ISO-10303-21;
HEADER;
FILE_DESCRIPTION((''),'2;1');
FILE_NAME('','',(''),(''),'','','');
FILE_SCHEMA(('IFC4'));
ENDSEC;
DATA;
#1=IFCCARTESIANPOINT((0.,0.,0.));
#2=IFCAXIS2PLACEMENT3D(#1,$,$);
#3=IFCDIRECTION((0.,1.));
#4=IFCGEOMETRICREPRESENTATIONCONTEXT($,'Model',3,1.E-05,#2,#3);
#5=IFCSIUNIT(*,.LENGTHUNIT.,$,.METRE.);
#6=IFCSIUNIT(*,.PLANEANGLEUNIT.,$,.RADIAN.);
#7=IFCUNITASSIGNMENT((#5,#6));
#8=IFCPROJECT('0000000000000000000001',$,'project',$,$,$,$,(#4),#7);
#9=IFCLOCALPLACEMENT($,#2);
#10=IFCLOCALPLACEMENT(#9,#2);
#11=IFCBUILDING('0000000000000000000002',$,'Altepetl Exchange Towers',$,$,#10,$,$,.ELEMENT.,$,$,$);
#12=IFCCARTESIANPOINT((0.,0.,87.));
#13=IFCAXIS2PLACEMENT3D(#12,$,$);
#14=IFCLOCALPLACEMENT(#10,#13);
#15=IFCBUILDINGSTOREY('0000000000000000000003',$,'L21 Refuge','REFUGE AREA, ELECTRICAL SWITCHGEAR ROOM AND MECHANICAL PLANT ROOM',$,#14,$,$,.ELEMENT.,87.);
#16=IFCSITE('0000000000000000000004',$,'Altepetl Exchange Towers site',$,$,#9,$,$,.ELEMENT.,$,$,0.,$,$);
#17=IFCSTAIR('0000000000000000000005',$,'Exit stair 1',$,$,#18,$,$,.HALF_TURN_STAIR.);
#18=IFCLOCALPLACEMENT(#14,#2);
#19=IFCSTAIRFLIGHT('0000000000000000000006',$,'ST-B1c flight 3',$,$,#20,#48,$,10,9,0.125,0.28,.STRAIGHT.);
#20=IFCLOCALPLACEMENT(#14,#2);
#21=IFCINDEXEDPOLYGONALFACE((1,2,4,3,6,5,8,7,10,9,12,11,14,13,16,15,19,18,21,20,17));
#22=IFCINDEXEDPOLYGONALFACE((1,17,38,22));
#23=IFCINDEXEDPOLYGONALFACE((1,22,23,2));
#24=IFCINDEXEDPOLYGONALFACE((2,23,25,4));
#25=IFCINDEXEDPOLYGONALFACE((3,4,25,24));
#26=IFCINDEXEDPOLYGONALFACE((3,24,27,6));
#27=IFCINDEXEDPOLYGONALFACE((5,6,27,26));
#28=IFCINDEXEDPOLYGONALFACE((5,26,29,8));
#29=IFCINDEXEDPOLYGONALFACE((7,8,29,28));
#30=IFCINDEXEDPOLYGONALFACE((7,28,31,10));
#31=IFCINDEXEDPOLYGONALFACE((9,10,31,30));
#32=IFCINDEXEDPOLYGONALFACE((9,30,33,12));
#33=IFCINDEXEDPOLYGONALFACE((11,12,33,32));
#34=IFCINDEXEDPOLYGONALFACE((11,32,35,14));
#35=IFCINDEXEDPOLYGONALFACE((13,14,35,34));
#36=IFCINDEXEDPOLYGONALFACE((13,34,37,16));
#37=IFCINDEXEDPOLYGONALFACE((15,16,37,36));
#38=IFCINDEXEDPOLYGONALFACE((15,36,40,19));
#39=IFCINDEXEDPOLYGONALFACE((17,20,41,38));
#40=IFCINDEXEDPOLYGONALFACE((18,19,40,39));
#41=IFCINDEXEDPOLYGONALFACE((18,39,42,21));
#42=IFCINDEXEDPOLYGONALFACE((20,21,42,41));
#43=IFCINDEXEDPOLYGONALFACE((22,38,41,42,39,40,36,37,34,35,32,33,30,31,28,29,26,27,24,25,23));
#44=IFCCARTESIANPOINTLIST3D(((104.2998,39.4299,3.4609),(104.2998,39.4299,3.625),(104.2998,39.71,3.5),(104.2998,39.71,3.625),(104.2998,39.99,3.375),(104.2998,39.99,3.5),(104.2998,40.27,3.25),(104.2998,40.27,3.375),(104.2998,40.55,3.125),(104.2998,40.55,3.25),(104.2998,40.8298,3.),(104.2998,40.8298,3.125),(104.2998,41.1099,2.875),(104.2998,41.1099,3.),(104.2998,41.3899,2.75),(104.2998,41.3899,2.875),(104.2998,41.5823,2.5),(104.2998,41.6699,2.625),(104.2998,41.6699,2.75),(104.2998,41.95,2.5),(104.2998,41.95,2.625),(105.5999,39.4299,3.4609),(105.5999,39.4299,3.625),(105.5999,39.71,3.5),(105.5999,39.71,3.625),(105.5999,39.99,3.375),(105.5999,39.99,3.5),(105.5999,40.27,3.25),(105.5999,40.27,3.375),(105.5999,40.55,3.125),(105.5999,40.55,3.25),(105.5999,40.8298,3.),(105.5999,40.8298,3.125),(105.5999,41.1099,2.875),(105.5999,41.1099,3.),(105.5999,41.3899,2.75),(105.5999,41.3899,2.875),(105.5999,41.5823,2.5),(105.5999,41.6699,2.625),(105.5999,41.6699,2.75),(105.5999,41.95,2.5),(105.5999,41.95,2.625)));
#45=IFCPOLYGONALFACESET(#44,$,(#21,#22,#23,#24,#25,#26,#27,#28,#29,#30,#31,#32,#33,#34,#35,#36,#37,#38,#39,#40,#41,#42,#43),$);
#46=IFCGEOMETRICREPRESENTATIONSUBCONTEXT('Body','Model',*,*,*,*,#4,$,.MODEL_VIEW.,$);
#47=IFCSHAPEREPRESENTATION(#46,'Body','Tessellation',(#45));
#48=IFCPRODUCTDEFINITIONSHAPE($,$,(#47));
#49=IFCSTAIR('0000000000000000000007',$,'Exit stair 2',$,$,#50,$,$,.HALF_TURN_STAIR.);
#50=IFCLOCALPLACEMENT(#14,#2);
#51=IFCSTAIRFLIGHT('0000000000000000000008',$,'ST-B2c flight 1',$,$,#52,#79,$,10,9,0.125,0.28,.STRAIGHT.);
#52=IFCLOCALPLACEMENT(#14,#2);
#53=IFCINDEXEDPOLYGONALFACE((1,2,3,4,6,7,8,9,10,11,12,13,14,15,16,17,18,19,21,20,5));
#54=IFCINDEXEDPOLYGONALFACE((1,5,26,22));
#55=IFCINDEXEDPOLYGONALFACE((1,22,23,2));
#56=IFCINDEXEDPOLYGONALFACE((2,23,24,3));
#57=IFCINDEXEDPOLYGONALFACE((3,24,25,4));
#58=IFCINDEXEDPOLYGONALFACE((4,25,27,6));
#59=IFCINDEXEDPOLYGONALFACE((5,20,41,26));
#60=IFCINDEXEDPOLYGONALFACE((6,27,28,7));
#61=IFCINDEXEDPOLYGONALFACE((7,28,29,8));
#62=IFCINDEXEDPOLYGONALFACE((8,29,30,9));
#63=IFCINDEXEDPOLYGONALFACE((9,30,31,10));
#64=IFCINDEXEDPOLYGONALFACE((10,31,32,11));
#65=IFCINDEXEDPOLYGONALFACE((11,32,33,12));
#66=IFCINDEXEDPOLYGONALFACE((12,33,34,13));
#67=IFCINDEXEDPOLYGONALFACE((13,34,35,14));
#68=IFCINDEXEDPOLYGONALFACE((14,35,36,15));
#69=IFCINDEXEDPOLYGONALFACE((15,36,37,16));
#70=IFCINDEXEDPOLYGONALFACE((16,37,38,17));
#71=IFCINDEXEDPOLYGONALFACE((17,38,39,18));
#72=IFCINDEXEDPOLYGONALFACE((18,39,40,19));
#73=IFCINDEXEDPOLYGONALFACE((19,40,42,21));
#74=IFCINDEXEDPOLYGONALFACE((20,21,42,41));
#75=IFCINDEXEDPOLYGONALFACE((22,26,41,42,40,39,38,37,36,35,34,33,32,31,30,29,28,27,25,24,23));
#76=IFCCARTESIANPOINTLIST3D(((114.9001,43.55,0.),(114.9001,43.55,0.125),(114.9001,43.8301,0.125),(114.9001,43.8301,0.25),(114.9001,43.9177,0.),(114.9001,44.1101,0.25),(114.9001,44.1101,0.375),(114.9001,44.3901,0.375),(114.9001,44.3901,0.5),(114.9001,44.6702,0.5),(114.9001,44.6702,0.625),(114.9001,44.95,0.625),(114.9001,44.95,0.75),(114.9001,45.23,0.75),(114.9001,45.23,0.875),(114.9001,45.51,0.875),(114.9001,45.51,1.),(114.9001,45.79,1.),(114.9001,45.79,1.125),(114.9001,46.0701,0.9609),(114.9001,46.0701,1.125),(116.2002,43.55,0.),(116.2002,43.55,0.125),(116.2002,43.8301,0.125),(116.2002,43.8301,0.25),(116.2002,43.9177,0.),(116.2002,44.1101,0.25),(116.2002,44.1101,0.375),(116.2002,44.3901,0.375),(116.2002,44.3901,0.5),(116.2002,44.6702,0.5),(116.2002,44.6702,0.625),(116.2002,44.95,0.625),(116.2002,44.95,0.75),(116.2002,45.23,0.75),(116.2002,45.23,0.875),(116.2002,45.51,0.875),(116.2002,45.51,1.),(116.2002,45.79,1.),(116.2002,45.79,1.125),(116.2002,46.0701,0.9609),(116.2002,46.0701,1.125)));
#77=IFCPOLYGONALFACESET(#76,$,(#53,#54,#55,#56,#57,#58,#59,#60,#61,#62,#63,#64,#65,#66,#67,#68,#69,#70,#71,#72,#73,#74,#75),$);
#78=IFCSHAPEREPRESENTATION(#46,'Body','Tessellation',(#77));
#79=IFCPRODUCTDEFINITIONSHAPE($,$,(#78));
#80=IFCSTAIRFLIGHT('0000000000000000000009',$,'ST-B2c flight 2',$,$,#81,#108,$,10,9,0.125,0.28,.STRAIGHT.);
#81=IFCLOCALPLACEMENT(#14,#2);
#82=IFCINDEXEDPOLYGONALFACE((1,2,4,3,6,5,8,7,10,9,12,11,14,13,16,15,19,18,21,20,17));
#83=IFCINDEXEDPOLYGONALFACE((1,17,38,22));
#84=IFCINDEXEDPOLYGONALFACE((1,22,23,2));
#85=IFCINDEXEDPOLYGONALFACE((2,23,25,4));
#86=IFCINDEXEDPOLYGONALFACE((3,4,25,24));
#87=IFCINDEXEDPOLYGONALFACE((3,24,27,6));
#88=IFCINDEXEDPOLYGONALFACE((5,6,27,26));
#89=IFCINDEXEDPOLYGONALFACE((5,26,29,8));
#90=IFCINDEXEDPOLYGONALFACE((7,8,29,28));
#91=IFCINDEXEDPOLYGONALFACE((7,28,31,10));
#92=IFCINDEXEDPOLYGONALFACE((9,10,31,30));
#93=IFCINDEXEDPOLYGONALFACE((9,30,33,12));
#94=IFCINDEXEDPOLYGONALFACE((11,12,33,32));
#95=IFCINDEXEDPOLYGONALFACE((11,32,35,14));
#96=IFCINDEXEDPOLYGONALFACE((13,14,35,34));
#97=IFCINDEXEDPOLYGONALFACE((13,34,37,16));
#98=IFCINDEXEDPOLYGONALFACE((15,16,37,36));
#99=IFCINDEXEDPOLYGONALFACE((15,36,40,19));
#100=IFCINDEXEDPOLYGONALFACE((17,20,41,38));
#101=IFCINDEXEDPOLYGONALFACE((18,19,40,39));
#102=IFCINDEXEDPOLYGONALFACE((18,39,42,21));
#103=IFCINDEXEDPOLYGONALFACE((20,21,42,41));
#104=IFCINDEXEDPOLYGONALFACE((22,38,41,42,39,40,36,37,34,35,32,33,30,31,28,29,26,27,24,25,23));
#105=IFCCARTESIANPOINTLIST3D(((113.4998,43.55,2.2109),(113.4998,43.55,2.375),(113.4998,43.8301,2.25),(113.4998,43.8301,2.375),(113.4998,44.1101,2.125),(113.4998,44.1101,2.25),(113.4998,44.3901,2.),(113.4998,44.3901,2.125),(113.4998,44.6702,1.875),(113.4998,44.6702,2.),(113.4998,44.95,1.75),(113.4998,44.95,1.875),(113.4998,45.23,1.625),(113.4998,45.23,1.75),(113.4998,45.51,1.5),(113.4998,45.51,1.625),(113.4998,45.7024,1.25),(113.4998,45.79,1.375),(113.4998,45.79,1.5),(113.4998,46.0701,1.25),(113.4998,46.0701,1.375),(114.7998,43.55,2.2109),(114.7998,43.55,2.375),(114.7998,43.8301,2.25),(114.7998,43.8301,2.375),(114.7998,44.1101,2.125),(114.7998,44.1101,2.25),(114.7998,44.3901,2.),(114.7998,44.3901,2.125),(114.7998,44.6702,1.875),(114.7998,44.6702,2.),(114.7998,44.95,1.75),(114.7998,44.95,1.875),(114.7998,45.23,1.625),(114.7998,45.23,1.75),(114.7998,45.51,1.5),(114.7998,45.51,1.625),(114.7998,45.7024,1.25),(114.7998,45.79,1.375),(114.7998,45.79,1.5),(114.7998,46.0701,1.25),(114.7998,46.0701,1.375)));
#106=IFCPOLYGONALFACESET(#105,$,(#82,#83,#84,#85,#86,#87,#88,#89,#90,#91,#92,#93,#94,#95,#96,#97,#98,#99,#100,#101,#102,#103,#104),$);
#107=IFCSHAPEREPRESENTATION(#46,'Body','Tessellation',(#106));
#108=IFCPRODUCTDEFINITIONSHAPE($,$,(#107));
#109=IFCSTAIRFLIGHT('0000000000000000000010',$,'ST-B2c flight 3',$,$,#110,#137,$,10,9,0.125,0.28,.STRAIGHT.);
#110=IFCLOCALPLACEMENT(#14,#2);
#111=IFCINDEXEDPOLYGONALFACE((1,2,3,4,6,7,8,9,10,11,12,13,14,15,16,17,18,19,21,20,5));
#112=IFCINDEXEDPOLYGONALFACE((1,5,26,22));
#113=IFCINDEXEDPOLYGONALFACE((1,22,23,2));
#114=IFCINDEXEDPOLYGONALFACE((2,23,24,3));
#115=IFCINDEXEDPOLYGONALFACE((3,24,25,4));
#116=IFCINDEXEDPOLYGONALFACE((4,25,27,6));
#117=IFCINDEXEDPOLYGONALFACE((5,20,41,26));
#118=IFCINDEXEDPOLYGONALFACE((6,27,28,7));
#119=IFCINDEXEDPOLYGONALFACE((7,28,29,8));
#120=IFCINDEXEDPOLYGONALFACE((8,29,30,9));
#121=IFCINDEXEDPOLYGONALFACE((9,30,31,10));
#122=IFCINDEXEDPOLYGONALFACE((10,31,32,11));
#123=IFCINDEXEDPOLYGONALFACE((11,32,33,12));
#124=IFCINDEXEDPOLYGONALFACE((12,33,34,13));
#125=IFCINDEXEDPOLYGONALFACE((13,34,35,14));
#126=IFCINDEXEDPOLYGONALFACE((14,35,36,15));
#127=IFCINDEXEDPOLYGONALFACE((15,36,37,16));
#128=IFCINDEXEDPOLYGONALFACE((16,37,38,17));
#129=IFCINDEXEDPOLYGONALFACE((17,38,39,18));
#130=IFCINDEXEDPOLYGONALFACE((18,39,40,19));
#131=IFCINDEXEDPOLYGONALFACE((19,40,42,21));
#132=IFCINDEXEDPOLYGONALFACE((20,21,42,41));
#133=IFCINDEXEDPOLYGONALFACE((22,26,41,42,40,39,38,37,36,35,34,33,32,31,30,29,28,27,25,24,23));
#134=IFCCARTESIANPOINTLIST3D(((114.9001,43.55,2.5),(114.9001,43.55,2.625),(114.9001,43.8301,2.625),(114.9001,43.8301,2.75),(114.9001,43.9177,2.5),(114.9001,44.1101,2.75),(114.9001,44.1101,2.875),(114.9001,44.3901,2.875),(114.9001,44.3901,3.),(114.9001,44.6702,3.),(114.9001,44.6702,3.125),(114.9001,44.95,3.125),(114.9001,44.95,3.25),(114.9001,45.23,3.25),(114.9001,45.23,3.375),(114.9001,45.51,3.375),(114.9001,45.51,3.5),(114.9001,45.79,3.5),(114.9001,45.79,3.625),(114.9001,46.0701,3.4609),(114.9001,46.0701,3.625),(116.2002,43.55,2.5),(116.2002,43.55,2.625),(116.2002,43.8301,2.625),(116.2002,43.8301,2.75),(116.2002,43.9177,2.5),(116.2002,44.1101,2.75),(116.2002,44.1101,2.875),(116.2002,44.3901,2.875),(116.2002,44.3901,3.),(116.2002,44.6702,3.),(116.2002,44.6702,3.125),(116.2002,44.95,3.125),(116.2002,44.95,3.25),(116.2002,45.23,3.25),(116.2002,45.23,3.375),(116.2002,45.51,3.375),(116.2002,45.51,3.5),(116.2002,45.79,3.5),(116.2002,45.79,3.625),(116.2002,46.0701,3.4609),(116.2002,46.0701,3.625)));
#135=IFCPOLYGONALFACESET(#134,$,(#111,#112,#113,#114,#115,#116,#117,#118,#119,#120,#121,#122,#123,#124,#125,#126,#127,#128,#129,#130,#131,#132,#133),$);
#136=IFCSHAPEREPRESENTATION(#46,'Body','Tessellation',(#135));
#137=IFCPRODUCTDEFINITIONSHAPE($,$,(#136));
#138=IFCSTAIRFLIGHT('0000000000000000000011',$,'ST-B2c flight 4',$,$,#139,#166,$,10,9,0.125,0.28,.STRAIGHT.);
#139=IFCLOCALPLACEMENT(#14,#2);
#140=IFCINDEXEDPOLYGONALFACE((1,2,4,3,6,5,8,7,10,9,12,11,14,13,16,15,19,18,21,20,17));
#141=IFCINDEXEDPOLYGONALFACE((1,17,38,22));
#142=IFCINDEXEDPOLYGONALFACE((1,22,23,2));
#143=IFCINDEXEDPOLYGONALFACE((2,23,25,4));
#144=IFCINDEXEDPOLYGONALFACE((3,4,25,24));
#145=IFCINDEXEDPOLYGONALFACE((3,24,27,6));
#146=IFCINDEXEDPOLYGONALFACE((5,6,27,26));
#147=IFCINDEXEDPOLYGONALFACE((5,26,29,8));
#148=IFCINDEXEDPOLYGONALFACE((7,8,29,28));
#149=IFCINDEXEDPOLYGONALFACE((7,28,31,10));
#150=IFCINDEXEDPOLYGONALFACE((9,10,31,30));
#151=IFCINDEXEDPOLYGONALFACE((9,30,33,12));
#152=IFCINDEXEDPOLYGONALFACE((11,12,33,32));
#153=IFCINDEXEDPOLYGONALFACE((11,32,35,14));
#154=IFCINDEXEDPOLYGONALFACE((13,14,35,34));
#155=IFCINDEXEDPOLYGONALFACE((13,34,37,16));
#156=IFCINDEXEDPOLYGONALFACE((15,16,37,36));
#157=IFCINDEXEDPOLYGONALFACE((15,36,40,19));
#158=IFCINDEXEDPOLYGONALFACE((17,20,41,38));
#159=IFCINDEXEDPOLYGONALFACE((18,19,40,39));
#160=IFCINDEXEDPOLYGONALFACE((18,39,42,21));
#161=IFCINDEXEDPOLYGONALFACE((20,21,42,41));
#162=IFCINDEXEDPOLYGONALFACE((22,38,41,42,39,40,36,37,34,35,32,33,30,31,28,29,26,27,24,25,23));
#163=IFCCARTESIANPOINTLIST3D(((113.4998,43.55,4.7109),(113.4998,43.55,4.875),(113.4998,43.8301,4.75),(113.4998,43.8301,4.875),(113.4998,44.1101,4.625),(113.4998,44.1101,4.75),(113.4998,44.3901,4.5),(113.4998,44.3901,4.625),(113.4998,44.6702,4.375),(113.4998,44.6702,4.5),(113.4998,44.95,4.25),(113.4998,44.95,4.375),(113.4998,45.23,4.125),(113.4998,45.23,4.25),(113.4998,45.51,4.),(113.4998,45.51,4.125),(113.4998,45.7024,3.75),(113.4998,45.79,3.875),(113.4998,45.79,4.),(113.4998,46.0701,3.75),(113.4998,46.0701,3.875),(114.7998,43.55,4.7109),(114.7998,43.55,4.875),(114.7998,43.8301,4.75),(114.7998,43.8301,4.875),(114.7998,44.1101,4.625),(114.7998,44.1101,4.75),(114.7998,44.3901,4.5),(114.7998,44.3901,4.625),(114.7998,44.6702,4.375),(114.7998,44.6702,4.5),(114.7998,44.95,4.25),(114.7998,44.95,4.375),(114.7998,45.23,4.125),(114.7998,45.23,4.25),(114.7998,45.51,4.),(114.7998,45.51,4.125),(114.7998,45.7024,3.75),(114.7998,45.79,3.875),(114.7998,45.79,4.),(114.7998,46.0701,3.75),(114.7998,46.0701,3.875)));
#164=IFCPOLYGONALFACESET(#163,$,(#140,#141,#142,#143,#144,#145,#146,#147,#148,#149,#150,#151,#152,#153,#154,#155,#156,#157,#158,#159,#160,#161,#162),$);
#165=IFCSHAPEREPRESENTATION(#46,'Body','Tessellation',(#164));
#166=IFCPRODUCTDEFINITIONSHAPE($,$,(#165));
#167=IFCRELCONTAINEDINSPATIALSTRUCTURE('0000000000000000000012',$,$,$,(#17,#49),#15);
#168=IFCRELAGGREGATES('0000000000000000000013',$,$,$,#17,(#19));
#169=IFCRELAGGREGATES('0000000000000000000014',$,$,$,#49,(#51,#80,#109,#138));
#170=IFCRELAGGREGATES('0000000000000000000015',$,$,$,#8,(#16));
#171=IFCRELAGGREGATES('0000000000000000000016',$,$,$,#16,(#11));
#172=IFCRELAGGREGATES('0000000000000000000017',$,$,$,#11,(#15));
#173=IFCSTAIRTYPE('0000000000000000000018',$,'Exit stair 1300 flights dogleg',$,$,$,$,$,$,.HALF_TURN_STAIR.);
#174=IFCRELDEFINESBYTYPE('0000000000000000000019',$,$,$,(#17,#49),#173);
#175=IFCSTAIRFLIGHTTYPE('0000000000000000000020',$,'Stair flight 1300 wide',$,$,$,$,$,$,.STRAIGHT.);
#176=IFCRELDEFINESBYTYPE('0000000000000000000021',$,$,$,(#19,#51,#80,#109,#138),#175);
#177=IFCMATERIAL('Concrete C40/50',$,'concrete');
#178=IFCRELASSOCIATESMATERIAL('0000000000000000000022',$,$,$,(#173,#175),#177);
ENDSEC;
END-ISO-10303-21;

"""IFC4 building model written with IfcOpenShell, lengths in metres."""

from ifc_helpers import new_model, si_unit, direction, frame, origin, place, context, subcontext, project, spatial, polyline, outline, extrude, material, type_object, element, aggregate, save


model = new_model("IFC4")

# Units and contexts
model_context = context("Model", 3, precision=1e-05, world=origin(), true_north=direction((0.0, 1.0)))
body_context = subcontext(model_context, "Body", "Model", "MODEL_VIEW")
ifc_project = project(units=[si_unit("LENGTHUNIT", "METRE"), si_unit("PLANEANGLEUNIT", "RADIAN")], contexts=[model_context])

# Site, building, storey
site_placement = place(None, origin())
site = spatial("IfcSite", under=ifc_project, at=site_placement, Name="Altepetl Exchange Towers site", CompositionType="ELEMENT", RefElevation=0.0)
building_placement = place(site_placement, origin())
building = spatial("IfcBuilding", under=site, at=building_placement, Name="Altepetl Exchange Towers", CompositionType="ELEMENT")
storey_placement = place(building_placement, frame((0.0, 0.0, 87.0)))
storey = spatial("IfcBuildingStorey", under=building, at=storey_placement, Name="L21 Refuge", Description="REFUGE AREA, ELECTRICAL SWITCHGEAR ROOM AND MECHANICAL PLANT ROOM", CompositionType="ELEMENT", Elevation=87.0)

# Shared definitions
ifc_material_1 = material(Name="Concrete C40/50", Category="concrete")

# Stair, stair flight
stair_type = type_object("IfcStairType", Name="Exit stair 1300 flights dogleg", PredefinedType="HALF_TURN_STAIR", material=ifc_material_1)
stair_1_placement = place(storey_placement, origin())
stair_1 = element("IfcStair", 1, at=stair_1_placement, inside=storey, type_object=stair_type, Name="Exit stair 1", PredefinedType="HALF_TURN_STAIR")
stair_flight_type = type_object("IfcStairFlightType", Name="Stair flight 1300 wide", PredefinedType="STRAIGHT", material=ifc_material_1)
stair_flight_1_placement = place(storey_placement, frame((104.95, 41.95, 2.5), z_axis=(0.0, 0.0, 1.0), x_axis=(0.0, -1.0, 0.0)))
stair_flight_1 = element("IfcStairFlight", 2, at=stair_flight_1_placement, type_object=stair_flight_type, Name="ST-B1c flight 3", NumberOfRisers=10, NumberOfTreads=9, PredefinedType="STRAIGHT", RiserHeight=0.125, TreadLength=0.28, context=body_context, shape_type="SweptSolid", body=[
    extrude(outline(polyline([(0.0, 0.0), (0.0, 0.125), (0.28, 0.125), (0.28, 0.25), (0.5601, 0.25), (0.5601, 0.375), (0.8401, 0.375), (0.8401, 0.5), (1.1201, 0.5), (1.1201, 0.625), (1.3999, 0.625), (1.3999, 0.75), (1.6799, 0.75), (1.6799, 0.875), (1.96, 0.875), (1.96, 1.0), (2.24, 1.0), (2.24, 1.125), (2.52, 1.125), (2.52, 1.25), (2.52, 0.9609), (0.3677, 0.0), (0.0, 0.0)])), frame((0.0, 0.6499, 0.0), z_axis=(0.0, -1.0, 0.0), x_axis=(1.0, 0.0, 0.0)), (0.0, 0.0, 1.0), 1.3),
])
aggregate(stair_1, [stair_flight_1])

# Stair, stair flights
stair_2_placement = place(storey_placement, origin())
stair_2 = element("IfcStair", 3, at=stair_2_placement, inside=storey, type_object=stair_type, Name="Exit stair 2", PredefinedType="HALF_TURN_STAIR")
stair_flight_2_placement = place(storey_placement, frame((115.55, 43.55, 0.0), z_axis=(0.0, 0.0, 1.0), x_axis=(0.0, 1.0, 0.0)))
stair_flight_2 = element("IfcStairFlight", 4, at=stair_flight_2_placement, type_object=stair_flight_type, Name="ST-B2c flight 1", NumberOfRisers=10, NumberOfTreads=9, PredefinedType="STRAIGHT", RiserHeight=0.125, TreadLength=0.28, context=body_context, shape_type="SweptSolid", body=[
    extrude(outline(polyline([(0.0, 0.0), (0.0, 0.125), (0.28, 0.125), (0.28, 0.25), (0.5601, 0.25), (0.5601, 0.375), (0.8401, 0.375), (0.8401, 0.5), (1.1201, 0.5), (1.1201, 0.625), (1.3999, 0.625), (1.3999, 0.75), (1.6799, 0.75), (1.6799, 0.875), (1.96, 0.875), (1.96, 1.0), (2.24, 1.0), (2.24, 1.125), (2.52, 1.125), (2.52, 1.25), (2.52, 0.9609), (0.3677, 0.0), (0.0, 0.0)])), frame((0.0, 0.6499, 0.0), z_axis=(0.0, -1.0, 0.0), x_axis=(1.0, 0.0, 0.0)), (0.0, 0.0, 1.0), 1.3),
])
stair_flight_3_placement = place(storey_placement, frame((114.1499, 46.0701, 1.25), z_axis=(0.0, 0.0, 1.0), x_axis=(0.0, -1.0, 0.0)))
stair_flight_3 = element("IfcStairFlight", 5, at=stair_flight_3_placement, type_object=stair_flight_type, Name="ST-B2c flight 2", NumberOfRisers=10, NumberOfTreads=9, PredefinedType="STRAIGHT", RiserHeight=0.125, TreadLength=0.28, context=body_context, shape_type="SweptSolid", body=[
    extrude(outline(polyline([(0.0, 0.0), (0.0, 0.125), (0.28, 0.125), (0.28, 0.25), (0.5601, 0.25), (0.5601, 0.375), (0.8401, 0.375), (0.8401, 0.5), (1.1201, 0.5), (1.1201, 0.625), (1.3999, 0.625), (1.3999, 0.75), (1.6799, 0.75), (1.6799, 0.875), (1.96, 0.875), (1.96, 1.0), (2.24, 1.0), (2.24, 1.125), (2.52, 1.125), (2.52, 1.25), (2.52, 0.9609), (0.3677, 0.0), (0.0, 0.0)])), frame((0.0, 0.6499, 0.0), z_axis=(0.0, -1.0, 0.0), x_axis=(1.0, 0.0, 0.0)), (0.0, 0.0, 1.0), 1.3),
])
stair_flight_4_placement = place(storey_placement, frame((115.55, 43.55, 2.5), z_axis=(0.0, 0.0, 1.0), x_axis=(0.0, 1.0, 0.0)))
stair_flight_4 = element("IfcStairFlight", 6, at=stair_flight_4_placement, type_object=stair_flight_type, Name="ST-B2c flight 3", NumberOfRisers=10, NumberOfTreads=9, PredefinedType="STRAIGHT", RiserHeight=0.125, TreadLength=0.28, context=body_context, shape_type="SweptSolid", body=[
    extrude(outline(polyline([(0.0, 0.0), (0.0, 0.125), (0.28, 0.125), (0.28, 0.25), (0.5601, 0.25), (0.5601, 0.375), (0.8401, 0.375), (0.8401, 0.5), (1.1201, 0.5), (1.1201, 0.625), (1.3999, 0.625), (1.3999, 0.75), (1.6799, 0.75), (1.6799, 0.875), (1.96, 0.875), (1.96, 1.0), (2.24, 1.0), (2.24, 1.125), (2.52, 1.125), (2.52, 1.25), (2.52, 0.9609), (0.3677, 0.0), (0.0, 0.0)])), frame((0.0, 0.6499, 0.0), z_axis=(0.0, -1.0, 0.0), x_axis=(1.0, 0.0, 0.0)), (0.0, 0.0, 1.0), 1.3),
])
stair_flight_5_placement = place(storey_placement, frame((114.1499, 46.0701, 3.75), z_axis=(0.0, 0.0, 1.0), x_axis=(0.0, -1.0, 0.0)))
stair_flight_5 = element("IfcStairFlight", 7, at=stair_flight_5_placement, type_object=stair_flight_type, Name="ST-B2c flight 4", NumberOfRisers=10, NumberOfTreads=9, PredefinedType="STRAIGHT", RiserHeight=0.125, TreadLength=0.28, context=body_context, shape_type="SweptSolid", body=[
    extrude(outline(polyline([(0.0, 0.0), (0.0, 0.125), (0.28, 0.125), (0.28, 0.25), (0.5601, 0.25), (0.5601, 0.375), (0.8401, 0.375), (0.8401, 0.5), (1.1201, 0.5), (1.1201, 0.625), (1.3999, 0.625), (1.3999, 0.75), (1.6799, 0.75), (1.6799, 0.875), (1.96, 0.875), (1.96, 1.0), (2.24, 1.0), (2.24, 1.125), (2.52, 1.125), (2.52, 1.25), (2.52, 0.9609), (0.3677, 0.0), (0.0, 0.0)])), frame((0.0, 0.6499, 0.0), z_axis=(0.0, -1.0, 0.0), x_axis=(1.0, 0.0, 0.0)), (0.0, 0.0, 1.0), 1.3),
])
aggregate(stair_2, [stair_flight_2, stair_flight_3, stair_flight_4, stair_flight_5])

save(model, "model.ifc")
